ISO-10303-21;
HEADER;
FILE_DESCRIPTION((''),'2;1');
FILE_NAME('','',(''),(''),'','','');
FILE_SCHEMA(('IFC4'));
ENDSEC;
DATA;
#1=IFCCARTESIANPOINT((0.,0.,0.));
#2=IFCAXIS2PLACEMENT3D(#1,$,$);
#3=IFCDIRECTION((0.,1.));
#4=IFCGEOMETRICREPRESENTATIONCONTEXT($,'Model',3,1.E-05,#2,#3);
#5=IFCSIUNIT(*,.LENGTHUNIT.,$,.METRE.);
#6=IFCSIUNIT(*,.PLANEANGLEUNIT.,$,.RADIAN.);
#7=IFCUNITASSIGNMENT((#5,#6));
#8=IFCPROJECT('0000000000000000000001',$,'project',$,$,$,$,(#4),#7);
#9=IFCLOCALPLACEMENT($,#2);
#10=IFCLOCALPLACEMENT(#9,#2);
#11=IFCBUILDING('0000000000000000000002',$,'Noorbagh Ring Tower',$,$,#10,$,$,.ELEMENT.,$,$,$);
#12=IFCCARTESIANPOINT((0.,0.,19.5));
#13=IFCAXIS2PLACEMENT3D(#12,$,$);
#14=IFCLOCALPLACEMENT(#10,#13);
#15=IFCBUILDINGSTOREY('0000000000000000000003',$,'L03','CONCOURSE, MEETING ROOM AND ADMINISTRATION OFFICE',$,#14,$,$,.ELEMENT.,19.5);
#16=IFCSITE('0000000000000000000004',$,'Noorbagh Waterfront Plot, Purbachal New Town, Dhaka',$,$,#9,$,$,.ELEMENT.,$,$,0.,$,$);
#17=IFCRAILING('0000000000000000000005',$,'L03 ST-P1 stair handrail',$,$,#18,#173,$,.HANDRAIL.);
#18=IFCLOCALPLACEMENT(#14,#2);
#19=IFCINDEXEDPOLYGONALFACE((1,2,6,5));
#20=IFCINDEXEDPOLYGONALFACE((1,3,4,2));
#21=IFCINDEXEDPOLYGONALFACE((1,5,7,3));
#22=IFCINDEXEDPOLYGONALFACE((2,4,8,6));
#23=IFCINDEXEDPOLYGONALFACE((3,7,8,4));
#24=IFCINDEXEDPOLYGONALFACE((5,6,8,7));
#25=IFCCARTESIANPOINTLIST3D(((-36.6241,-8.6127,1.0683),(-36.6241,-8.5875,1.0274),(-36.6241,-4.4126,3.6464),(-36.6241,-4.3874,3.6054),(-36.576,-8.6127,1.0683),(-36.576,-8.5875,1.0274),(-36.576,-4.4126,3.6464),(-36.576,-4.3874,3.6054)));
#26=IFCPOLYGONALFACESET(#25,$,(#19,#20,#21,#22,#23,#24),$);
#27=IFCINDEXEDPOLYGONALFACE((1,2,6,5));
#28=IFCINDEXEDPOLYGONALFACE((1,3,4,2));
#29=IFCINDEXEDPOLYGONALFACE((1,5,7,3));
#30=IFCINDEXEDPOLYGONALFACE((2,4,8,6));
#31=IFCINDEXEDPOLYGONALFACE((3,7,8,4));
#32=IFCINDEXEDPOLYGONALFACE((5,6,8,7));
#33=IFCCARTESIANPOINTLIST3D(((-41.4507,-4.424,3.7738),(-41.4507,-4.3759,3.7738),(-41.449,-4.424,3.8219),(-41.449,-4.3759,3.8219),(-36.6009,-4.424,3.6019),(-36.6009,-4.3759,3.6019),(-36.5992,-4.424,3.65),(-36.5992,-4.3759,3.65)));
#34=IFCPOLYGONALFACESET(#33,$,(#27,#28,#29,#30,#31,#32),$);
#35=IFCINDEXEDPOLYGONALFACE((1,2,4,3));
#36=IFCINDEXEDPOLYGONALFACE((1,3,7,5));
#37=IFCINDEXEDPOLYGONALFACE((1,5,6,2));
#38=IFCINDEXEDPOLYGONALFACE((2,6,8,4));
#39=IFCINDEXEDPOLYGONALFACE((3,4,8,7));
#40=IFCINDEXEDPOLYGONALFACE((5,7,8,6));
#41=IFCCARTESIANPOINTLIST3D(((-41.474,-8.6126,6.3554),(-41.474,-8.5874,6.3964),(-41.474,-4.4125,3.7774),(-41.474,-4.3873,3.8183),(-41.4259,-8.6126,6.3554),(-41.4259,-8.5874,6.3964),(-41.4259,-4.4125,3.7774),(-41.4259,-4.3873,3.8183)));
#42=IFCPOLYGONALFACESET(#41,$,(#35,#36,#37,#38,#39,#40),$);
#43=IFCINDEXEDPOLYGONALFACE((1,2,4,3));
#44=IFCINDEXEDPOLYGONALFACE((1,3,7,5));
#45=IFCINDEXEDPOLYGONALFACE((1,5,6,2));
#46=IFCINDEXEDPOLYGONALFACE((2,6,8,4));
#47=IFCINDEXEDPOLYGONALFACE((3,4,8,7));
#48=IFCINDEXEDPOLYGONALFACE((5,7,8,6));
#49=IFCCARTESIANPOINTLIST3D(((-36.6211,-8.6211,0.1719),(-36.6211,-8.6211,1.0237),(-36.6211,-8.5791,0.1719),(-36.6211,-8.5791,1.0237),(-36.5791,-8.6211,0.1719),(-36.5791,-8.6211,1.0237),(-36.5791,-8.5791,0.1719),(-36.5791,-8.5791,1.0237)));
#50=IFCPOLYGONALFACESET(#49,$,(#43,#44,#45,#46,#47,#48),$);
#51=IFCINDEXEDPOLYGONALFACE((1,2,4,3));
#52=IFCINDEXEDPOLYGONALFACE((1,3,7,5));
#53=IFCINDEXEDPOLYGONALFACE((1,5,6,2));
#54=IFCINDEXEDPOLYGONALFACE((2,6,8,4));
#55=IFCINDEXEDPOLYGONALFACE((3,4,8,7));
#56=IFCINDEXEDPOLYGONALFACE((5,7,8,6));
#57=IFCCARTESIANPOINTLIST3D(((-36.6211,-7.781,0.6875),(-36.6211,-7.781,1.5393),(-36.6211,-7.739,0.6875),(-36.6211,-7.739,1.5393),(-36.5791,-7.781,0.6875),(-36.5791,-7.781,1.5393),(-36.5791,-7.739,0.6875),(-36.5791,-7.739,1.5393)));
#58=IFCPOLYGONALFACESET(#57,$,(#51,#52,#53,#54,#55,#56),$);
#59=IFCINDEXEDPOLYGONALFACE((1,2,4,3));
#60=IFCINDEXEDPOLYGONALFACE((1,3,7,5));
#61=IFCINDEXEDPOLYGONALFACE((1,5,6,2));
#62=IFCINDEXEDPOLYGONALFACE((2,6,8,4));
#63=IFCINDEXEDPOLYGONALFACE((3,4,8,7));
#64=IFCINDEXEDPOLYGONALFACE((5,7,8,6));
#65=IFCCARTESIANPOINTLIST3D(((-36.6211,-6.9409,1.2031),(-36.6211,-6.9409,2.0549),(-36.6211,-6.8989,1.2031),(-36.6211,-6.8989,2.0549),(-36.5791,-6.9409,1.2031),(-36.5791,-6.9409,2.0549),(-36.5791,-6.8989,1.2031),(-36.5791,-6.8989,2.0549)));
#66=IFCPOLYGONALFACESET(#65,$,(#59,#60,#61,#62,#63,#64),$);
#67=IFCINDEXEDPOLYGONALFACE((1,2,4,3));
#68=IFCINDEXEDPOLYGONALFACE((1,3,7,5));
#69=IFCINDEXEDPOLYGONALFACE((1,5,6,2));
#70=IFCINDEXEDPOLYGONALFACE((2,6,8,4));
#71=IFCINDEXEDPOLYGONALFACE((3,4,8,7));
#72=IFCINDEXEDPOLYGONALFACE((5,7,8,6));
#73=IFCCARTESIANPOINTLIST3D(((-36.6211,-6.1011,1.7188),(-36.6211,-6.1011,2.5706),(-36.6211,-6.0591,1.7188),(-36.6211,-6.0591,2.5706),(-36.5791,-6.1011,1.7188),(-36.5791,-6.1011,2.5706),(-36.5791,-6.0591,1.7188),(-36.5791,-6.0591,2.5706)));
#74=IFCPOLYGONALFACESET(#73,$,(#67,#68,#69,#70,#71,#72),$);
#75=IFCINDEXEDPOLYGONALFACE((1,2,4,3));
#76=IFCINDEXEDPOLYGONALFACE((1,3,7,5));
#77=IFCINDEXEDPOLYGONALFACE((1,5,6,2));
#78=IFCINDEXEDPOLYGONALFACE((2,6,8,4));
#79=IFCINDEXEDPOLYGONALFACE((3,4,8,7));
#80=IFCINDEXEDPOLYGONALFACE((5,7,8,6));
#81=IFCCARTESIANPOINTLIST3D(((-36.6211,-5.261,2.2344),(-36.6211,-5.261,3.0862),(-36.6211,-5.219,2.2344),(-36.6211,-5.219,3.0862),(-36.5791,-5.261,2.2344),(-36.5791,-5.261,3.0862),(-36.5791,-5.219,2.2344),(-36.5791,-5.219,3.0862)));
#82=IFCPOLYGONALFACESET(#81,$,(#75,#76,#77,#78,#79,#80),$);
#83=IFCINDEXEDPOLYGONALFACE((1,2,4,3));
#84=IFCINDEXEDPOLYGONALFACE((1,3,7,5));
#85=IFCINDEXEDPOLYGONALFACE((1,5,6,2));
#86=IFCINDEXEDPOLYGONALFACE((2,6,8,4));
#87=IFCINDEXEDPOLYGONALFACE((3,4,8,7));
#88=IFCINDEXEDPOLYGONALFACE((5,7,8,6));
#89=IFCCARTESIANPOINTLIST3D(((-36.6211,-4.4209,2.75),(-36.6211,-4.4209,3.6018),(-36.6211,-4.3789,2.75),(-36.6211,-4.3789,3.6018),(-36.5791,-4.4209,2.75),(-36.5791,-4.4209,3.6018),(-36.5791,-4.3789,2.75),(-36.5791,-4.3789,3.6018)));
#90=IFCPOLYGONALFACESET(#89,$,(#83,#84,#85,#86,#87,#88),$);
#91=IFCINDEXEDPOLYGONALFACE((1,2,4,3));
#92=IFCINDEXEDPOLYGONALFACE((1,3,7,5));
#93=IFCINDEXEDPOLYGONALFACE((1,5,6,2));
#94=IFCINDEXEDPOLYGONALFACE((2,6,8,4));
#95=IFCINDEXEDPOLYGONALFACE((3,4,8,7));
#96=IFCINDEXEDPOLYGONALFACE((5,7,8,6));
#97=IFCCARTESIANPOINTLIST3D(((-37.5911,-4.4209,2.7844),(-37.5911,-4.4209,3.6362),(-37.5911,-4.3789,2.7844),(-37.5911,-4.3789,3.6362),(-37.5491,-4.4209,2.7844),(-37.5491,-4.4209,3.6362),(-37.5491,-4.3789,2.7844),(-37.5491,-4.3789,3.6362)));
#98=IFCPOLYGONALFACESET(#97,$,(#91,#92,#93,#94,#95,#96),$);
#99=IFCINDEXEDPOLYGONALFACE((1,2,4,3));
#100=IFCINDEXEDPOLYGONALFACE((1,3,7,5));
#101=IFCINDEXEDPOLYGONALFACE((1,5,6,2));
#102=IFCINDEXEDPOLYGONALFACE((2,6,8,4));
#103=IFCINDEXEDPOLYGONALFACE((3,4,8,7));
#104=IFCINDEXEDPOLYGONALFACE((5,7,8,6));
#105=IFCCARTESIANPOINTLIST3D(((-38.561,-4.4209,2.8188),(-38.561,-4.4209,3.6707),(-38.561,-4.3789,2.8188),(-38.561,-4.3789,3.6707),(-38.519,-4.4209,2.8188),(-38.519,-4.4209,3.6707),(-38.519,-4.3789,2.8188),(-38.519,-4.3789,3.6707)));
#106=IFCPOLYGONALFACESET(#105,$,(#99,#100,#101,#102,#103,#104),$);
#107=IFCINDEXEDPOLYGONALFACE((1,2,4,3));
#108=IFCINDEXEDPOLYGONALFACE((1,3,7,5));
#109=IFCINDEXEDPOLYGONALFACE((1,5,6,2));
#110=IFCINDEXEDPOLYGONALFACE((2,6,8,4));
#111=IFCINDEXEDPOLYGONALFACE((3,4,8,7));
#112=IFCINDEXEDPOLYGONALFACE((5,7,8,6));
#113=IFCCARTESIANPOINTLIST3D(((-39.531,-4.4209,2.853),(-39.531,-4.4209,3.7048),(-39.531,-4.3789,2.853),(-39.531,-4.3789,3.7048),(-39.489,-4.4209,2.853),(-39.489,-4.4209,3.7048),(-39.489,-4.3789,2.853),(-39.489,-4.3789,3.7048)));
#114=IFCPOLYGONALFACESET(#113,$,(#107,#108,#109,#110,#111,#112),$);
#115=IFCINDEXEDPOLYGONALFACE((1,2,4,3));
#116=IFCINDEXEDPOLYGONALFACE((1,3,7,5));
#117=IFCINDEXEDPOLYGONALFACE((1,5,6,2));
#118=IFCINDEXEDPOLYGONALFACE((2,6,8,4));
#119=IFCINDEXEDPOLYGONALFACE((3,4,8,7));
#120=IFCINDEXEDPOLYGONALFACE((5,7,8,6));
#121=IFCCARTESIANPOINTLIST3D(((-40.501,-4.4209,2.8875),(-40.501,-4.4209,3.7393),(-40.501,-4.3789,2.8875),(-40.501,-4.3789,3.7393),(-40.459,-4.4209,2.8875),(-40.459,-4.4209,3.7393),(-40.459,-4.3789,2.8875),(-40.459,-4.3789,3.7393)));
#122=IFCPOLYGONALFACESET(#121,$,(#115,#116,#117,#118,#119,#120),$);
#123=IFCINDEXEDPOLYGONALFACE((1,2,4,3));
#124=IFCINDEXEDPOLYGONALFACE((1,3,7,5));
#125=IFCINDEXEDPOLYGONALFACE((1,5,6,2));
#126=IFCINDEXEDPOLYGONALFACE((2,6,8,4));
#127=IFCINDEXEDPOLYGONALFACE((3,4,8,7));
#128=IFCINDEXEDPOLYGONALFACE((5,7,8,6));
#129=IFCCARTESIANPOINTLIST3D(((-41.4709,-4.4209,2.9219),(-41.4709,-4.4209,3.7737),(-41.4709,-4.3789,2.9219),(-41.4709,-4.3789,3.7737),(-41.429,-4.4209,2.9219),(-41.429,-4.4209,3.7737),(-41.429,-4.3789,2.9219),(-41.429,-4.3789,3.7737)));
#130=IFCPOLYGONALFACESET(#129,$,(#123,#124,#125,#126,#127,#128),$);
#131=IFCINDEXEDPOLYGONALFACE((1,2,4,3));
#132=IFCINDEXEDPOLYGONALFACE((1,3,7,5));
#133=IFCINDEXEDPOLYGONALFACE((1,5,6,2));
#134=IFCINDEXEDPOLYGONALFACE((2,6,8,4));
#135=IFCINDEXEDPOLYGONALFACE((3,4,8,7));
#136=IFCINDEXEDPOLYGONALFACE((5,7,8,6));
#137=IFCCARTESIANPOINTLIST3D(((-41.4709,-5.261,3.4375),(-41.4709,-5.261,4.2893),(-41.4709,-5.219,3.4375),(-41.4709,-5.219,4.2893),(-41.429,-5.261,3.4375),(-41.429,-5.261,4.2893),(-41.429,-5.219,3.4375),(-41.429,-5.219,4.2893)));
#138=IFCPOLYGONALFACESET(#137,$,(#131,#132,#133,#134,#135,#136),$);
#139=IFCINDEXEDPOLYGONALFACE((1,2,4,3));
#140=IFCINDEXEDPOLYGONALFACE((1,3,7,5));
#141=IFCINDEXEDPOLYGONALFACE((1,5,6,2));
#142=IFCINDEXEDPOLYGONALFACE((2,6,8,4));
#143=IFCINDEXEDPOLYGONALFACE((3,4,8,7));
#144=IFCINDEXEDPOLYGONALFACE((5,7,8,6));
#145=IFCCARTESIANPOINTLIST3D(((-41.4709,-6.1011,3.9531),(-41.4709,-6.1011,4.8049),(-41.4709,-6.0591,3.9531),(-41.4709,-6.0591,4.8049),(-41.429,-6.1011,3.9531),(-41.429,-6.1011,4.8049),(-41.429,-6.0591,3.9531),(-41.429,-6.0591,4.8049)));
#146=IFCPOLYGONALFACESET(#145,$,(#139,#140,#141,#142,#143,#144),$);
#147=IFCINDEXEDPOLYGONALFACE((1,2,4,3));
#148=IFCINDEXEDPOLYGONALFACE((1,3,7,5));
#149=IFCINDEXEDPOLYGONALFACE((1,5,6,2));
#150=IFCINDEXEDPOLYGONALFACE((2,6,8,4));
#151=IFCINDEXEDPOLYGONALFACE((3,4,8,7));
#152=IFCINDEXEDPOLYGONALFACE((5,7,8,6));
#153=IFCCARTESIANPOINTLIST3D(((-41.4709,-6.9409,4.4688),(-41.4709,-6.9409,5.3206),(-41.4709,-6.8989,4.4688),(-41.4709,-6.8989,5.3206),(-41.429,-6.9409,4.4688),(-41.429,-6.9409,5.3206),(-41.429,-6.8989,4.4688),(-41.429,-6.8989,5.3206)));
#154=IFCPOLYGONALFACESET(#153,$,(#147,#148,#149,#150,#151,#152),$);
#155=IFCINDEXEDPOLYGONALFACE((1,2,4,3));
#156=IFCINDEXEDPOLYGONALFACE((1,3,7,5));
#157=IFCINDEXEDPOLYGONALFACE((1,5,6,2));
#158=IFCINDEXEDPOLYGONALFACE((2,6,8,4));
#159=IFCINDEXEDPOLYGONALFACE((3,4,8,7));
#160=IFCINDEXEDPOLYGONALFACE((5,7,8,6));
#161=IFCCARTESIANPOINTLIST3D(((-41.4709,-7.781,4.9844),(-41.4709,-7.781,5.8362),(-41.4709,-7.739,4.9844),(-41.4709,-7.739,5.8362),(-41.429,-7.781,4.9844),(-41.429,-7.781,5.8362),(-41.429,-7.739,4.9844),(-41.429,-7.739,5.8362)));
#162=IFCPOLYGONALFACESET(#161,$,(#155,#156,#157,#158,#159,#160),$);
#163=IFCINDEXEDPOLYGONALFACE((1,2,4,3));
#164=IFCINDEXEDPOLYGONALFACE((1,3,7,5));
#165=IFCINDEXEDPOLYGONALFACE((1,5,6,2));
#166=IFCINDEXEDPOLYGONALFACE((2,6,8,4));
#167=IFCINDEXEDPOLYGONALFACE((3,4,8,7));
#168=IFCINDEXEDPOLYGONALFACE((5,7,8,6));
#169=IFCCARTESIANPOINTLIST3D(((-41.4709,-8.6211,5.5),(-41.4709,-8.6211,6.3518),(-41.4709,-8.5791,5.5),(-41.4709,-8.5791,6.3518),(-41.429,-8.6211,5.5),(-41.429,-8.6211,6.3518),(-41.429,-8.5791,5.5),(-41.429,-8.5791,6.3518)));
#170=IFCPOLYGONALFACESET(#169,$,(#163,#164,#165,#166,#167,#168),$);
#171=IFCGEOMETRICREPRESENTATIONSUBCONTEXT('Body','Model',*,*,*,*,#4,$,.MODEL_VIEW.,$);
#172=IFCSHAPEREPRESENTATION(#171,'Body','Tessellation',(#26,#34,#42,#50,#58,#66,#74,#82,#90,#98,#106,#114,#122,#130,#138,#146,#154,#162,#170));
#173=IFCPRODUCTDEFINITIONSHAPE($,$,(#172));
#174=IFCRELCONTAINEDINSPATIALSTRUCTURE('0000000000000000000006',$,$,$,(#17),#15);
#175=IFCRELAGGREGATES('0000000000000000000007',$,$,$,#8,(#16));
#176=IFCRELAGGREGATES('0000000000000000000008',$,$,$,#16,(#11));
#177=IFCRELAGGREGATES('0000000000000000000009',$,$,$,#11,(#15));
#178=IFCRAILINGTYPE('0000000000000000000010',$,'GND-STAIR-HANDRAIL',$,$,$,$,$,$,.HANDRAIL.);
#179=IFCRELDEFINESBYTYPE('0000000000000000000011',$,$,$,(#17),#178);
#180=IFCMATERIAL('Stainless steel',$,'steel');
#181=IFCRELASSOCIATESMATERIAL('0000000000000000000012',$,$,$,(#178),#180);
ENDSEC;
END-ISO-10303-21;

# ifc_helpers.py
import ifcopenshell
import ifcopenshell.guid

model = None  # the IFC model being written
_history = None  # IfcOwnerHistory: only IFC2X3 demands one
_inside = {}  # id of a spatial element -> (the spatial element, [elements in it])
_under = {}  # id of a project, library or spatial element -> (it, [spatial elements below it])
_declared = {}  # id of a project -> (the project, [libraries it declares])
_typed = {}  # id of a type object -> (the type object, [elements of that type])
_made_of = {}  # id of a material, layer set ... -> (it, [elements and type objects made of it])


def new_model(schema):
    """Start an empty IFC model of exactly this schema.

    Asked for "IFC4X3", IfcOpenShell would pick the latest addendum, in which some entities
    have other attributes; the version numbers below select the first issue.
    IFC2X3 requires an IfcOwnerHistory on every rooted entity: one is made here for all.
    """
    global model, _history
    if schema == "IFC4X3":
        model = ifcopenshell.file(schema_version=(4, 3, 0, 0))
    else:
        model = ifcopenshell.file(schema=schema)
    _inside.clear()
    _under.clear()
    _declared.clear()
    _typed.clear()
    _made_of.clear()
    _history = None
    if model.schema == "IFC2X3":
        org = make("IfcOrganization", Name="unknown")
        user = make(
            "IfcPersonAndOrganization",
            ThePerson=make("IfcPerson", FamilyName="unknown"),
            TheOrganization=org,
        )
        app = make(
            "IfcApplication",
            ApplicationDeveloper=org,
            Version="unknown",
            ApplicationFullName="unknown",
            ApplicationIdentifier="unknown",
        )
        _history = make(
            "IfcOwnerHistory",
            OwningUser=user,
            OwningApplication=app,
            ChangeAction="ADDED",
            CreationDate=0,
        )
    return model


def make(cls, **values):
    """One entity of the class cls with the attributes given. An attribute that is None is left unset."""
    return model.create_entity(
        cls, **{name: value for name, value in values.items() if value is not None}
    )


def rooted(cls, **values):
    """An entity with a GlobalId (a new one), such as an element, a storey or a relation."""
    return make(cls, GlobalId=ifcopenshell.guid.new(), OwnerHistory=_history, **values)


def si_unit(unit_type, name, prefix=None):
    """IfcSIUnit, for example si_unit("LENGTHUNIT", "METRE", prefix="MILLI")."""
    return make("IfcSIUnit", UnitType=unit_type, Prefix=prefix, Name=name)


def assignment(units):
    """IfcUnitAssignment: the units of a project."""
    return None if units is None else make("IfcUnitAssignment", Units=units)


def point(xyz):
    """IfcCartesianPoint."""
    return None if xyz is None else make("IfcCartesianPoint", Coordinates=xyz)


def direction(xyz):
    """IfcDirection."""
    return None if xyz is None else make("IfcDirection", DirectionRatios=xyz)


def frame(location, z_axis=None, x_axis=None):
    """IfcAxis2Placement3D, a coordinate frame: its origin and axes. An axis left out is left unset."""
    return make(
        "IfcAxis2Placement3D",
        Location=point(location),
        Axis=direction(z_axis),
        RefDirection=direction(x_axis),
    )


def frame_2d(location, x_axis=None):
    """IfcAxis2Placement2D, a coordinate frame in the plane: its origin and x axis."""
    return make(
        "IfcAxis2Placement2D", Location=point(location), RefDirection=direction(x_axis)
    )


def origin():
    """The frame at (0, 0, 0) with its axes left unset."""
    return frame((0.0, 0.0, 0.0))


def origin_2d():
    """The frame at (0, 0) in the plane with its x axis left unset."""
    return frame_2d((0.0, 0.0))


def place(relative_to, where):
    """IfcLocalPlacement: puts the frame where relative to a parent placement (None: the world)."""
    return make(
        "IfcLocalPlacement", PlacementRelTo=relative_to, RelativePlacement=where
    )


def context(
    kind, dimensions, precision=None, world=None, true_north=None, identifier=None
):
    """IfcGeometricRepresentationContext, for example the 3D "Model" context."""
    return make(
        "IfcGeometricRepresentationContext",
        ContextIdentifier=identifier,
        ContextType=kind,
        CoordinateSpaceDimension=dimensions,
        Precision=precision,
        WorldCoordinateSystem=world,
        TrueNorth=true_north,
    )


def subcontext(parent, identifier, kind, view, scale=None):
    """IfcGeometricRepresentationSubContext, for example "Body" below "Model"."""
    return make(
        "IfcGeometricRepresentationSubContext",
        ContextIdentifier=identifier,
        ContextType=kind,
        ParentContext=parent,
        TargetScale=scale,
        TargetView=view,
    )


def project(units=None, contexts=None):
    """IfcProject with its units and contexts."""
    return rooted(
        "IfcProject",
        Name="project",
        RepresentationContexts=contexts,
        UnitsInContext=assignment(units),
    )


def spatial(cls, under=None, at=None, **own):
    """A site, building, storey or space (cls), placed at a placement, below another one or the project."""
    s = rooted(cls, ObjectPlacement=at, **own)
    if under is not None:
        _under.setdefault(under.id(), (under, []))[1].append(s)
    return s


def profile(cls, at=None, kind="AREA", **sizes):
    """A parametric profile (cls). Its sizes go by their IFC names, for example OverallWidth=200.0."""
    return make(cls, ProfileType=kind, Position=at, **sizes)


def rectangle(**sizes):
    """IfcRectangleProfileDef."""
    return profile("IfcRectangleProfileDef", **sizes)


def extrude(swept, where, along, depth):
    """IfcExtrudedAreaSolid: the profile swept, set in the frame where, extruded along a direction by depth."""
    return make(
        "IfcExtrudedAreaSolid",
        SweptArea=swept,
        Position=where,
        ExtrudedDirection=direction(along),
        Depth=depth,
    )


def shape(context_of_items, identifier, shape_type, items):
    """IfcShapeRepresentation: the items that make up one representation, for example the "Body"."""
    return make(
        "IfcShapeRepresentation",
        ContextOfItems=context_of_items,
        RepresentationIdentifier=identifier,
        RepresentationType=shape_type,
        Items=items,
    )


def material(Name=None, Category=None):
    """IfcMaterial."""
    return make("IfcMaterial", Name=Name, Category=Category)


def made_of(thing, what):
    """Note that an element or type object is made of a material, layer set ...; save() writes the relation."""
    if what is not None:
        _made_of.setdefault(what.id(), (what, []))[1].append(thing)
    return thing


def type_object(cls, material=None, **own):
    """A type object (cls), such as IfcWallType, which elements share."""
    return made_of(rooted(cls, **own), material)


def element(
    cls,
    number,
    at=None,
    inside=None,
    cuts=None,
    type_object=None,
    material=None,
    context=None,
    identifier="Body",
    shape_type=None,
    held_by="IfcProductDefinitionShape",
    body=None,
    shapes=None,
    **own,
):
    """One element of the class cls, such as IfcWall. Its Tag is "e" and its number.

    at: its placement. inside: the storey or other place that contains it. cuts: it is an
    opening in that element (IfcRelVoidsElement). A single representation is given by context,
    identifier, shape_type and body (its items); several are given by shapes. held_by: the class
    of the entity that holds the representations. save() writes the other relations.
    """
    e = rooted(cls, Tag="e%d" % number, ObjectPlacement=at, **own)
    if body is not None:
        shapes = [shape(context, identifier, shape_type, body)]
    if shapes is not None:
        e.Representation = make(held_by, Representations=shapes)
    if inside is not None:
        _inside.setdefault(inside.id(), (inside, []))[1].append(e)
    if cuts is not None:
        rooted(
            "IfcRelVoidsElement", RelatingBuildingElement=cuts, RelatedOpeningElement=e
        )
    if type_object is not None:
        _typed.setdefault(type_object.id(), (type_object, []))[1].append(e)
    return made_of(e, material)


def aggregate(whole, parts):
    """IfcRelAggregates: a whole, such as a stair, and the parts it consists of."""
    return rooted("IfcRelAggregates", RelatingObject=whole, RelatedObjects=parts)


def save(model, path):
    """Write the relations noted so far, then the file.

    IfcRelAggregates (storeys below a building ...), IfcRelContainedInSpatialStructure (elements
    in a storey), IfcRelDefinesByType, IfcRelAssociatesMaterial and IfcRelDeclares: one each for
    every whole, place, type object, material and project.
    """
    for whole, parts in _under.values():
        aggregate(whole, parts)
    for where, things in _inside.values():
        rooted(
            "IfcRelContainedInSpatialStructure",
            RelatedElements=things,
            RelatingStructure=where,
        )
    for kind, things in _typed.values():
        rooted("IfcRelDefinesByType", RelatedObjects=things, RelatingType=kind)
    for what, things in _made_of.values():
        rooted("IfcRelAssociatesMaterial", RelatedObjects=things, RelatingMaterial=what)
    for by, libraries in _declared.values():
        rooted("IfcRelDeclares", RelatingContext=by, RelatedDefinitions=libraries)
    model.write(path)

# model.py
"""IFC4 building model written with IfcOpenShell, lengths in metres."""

from ifc_helpers import new_model, si_unit, direction, frame, origin, origin_2d, place, context, subcontext, project, spatial, rectangle, extrude, material, type_object, element, save


model = new_model("IFC4")

# Units and contexts
model_context = context("Model", 3, precision=1e-05, world=origin(), true_north=direction((0.0, 1.0)))
body_context = subcontext(model_context, "Body", "Model", "MODEL_VIEW")
ifc_project = project(units=[si_unit("LENGTHUNIT", "METRE"), si_unit("PLANEANGLEUNIT", "RADIAN")], contexts=[model_context])

# Site, building, storey
site_placement = place(None, origin())
site = spatial("IfcSite", under=ifc_project, at=site_placement, Name="Noorbagh Waterfront Plot, Purbachal New Town, Dhaka", CompositionType="ELEMENT", RefElevation=0.0)
building_placement = place(site_placement, origin())
building = spatial("IfcBuilding", under=site, at=building_placement, Name="Noorbagh Ring Tower", CompositionType="ELEMENT")
storey_placement = place(building_placement, frame((0.0, 0.0, 19.5)))
storey = spatial("IfcBuildingStorey", under=building, at=storey_placement, Name="L03", Description="CONCOURSE, MEETING ROOM AND ADMINISTRATION OFFICE", CompositionType="ELEMENT", Elevation=19.5)

# Railing
ifc_material_1 = material(Name="Stainless steel", Category="steel")
railing_type_1 = type_object("IfcRailingType", Name="GND-STAIR-HANDRAIL", PredefinedType="HANDRAIL", material=ifc_material_1)
railing_1_placement = place(storey_placement, frame((-36.6001, -8.6001, 0.1719)))
element("IfcRailing", 1, at=railing_1_placement, inside=storey, type_object=railing_type_1, Name="L03 ST-P1 stair handrail", PredefinedType="HANDRAIL", context=body_context, shape_type="SweptSolid", body=[
    extrude(rectangle(XDim=0.0481, YDim=0.0481, at=origin_2d()), frame((0.0, 0.0, 0.876), z_axis=(0.0, 0.852256, 0.523124), x_axis=(-1.0, 0.0, 0.0)), (0.0, 0.0, 1.0), 4.9282),
    extrude(rectangle(XDim=0.0481, YDim=0.0481, at=origin_2d()), frame((0.0, 4.2002, 3.4541), z_axis=(-0.999373, 0.0, 0.035417), x_axis=(0.0, -1.0, 0.0)), (0.0, 0.0, 1.0), 4.8528),
    extrude(rectangle(XDim=0.0481, YDim=0.0481, at=origin_2d()), frame((-4.8499, 4.2002, 3.626), z_axis=(0.0, -0.852256, 0.523124), x_axis=(1.0, 0.0, 0.0)), (0.0, 0.0, 1.0), 4.9282),
    extrude(rectangle(XDim=0.042, YDim=0.042, at=origin_2d()), origin(), (0.0, 0.0, 1.0), 0.8518),
    extrude(rectangle(XDim=0.042, YDim=0.042, at=origin_2d()), frame((0.0, 0.8401, 0.5156)), (0.0, 0.0, 1.0), 0.8518),
    extrude(rectangle(XDim=0.042, YDim=0.042, at=origin_2d()), frame((0.0, 1.6802, 1.0312)), (0.0, 0.0, 1.0), 0.8518),
    extrude(rectangle(XDim=0.042, YDim=0.042, at=origin_2d()), frame((0.0, 2.52, 1.5469)), (0.0, 0.0, 1.0), 0.8518),
    extrude(rectangle(XDim=0.042, YDim=0.042, at=origin_2d()), frame((0.0, 3.3601, 2.0625)), (0.0, 0.0, 1.0), 0.8518),
    extrude(rectangle(XDim=0.042, YDim=0.042, at=origin_2d()), frame((0.0, 4.2002, 2.5781)), (0.0, 0.0, 1.0), 0.8518),
    extrude(rectangle(XDim=0.042, YDim=0.042, at=origin_2d()), frame((-0.97, 4.2002, 2.6125)), (0.0, 0.0, 1.0), 0.8518),
    extrude(rectangle(XDim=0.042, YDim=0.042, at=origin_2d()), frame((-1.9399, 4.2002, 2.647)), (0.0, 0.0, 1.0), 0.8518),
    extrude(rectangle(XDim=0.042, YDim=0.042, at=origin_2d()), frame((-2.9099, 4.2002, 2.6812)), (0.0, 0.0, 1.0), 0.8518),
    extrude(rectangle(XDim=0.042, YDim=0.042, at=origin_2d()), frame((-3.8799, 4.2002, 2.7156)), (0.0, 0.0, 1.0), 0.8518),
    extrude(rectangle(XDim=0.042, YDim=0.042, at=origin_2d()), frame((-4.8499, 4.2002, 2.75)), (0.0, 0.0, 1.0), 0.8518),
    extrude(rectangle(XDim=0.042, YDim=0.042, at=origin_2d()), frame((-4.8499, 3.3601, 3.2656)), (0.0, 0.0, 1.0), 0.8518),
    extrude(rectangle(XDim=0.042, YDim=0.042, at=origin_2d()), frame((-4.8499, 2.52, 3.7812)), (0.0, 0.0, 1.0), 0.8518),
    extrude(rectangle(XDim=0.042, YDim=0.042, at=origin_2d()), frame((-4.8499, 1.6802, 4.2969)), (0.0, 0.0, 1.0), 0.8518),
    extrude(rectangle(XDim=0.042, YDim=0.042, at=origin_2d()), frame((-4.8499, 0.8401, 4.8125)), (0.0, 0.0, 1.0), 0.8518),
    extrude(rectangle(XDim=0.042, YDim=0.042, at=origin_2d()), frame((-4.8499, 0.0, 5.3281)), (0.0, 0.0, 1.0), 0.8518),
])

save(model, "model.ifc")
